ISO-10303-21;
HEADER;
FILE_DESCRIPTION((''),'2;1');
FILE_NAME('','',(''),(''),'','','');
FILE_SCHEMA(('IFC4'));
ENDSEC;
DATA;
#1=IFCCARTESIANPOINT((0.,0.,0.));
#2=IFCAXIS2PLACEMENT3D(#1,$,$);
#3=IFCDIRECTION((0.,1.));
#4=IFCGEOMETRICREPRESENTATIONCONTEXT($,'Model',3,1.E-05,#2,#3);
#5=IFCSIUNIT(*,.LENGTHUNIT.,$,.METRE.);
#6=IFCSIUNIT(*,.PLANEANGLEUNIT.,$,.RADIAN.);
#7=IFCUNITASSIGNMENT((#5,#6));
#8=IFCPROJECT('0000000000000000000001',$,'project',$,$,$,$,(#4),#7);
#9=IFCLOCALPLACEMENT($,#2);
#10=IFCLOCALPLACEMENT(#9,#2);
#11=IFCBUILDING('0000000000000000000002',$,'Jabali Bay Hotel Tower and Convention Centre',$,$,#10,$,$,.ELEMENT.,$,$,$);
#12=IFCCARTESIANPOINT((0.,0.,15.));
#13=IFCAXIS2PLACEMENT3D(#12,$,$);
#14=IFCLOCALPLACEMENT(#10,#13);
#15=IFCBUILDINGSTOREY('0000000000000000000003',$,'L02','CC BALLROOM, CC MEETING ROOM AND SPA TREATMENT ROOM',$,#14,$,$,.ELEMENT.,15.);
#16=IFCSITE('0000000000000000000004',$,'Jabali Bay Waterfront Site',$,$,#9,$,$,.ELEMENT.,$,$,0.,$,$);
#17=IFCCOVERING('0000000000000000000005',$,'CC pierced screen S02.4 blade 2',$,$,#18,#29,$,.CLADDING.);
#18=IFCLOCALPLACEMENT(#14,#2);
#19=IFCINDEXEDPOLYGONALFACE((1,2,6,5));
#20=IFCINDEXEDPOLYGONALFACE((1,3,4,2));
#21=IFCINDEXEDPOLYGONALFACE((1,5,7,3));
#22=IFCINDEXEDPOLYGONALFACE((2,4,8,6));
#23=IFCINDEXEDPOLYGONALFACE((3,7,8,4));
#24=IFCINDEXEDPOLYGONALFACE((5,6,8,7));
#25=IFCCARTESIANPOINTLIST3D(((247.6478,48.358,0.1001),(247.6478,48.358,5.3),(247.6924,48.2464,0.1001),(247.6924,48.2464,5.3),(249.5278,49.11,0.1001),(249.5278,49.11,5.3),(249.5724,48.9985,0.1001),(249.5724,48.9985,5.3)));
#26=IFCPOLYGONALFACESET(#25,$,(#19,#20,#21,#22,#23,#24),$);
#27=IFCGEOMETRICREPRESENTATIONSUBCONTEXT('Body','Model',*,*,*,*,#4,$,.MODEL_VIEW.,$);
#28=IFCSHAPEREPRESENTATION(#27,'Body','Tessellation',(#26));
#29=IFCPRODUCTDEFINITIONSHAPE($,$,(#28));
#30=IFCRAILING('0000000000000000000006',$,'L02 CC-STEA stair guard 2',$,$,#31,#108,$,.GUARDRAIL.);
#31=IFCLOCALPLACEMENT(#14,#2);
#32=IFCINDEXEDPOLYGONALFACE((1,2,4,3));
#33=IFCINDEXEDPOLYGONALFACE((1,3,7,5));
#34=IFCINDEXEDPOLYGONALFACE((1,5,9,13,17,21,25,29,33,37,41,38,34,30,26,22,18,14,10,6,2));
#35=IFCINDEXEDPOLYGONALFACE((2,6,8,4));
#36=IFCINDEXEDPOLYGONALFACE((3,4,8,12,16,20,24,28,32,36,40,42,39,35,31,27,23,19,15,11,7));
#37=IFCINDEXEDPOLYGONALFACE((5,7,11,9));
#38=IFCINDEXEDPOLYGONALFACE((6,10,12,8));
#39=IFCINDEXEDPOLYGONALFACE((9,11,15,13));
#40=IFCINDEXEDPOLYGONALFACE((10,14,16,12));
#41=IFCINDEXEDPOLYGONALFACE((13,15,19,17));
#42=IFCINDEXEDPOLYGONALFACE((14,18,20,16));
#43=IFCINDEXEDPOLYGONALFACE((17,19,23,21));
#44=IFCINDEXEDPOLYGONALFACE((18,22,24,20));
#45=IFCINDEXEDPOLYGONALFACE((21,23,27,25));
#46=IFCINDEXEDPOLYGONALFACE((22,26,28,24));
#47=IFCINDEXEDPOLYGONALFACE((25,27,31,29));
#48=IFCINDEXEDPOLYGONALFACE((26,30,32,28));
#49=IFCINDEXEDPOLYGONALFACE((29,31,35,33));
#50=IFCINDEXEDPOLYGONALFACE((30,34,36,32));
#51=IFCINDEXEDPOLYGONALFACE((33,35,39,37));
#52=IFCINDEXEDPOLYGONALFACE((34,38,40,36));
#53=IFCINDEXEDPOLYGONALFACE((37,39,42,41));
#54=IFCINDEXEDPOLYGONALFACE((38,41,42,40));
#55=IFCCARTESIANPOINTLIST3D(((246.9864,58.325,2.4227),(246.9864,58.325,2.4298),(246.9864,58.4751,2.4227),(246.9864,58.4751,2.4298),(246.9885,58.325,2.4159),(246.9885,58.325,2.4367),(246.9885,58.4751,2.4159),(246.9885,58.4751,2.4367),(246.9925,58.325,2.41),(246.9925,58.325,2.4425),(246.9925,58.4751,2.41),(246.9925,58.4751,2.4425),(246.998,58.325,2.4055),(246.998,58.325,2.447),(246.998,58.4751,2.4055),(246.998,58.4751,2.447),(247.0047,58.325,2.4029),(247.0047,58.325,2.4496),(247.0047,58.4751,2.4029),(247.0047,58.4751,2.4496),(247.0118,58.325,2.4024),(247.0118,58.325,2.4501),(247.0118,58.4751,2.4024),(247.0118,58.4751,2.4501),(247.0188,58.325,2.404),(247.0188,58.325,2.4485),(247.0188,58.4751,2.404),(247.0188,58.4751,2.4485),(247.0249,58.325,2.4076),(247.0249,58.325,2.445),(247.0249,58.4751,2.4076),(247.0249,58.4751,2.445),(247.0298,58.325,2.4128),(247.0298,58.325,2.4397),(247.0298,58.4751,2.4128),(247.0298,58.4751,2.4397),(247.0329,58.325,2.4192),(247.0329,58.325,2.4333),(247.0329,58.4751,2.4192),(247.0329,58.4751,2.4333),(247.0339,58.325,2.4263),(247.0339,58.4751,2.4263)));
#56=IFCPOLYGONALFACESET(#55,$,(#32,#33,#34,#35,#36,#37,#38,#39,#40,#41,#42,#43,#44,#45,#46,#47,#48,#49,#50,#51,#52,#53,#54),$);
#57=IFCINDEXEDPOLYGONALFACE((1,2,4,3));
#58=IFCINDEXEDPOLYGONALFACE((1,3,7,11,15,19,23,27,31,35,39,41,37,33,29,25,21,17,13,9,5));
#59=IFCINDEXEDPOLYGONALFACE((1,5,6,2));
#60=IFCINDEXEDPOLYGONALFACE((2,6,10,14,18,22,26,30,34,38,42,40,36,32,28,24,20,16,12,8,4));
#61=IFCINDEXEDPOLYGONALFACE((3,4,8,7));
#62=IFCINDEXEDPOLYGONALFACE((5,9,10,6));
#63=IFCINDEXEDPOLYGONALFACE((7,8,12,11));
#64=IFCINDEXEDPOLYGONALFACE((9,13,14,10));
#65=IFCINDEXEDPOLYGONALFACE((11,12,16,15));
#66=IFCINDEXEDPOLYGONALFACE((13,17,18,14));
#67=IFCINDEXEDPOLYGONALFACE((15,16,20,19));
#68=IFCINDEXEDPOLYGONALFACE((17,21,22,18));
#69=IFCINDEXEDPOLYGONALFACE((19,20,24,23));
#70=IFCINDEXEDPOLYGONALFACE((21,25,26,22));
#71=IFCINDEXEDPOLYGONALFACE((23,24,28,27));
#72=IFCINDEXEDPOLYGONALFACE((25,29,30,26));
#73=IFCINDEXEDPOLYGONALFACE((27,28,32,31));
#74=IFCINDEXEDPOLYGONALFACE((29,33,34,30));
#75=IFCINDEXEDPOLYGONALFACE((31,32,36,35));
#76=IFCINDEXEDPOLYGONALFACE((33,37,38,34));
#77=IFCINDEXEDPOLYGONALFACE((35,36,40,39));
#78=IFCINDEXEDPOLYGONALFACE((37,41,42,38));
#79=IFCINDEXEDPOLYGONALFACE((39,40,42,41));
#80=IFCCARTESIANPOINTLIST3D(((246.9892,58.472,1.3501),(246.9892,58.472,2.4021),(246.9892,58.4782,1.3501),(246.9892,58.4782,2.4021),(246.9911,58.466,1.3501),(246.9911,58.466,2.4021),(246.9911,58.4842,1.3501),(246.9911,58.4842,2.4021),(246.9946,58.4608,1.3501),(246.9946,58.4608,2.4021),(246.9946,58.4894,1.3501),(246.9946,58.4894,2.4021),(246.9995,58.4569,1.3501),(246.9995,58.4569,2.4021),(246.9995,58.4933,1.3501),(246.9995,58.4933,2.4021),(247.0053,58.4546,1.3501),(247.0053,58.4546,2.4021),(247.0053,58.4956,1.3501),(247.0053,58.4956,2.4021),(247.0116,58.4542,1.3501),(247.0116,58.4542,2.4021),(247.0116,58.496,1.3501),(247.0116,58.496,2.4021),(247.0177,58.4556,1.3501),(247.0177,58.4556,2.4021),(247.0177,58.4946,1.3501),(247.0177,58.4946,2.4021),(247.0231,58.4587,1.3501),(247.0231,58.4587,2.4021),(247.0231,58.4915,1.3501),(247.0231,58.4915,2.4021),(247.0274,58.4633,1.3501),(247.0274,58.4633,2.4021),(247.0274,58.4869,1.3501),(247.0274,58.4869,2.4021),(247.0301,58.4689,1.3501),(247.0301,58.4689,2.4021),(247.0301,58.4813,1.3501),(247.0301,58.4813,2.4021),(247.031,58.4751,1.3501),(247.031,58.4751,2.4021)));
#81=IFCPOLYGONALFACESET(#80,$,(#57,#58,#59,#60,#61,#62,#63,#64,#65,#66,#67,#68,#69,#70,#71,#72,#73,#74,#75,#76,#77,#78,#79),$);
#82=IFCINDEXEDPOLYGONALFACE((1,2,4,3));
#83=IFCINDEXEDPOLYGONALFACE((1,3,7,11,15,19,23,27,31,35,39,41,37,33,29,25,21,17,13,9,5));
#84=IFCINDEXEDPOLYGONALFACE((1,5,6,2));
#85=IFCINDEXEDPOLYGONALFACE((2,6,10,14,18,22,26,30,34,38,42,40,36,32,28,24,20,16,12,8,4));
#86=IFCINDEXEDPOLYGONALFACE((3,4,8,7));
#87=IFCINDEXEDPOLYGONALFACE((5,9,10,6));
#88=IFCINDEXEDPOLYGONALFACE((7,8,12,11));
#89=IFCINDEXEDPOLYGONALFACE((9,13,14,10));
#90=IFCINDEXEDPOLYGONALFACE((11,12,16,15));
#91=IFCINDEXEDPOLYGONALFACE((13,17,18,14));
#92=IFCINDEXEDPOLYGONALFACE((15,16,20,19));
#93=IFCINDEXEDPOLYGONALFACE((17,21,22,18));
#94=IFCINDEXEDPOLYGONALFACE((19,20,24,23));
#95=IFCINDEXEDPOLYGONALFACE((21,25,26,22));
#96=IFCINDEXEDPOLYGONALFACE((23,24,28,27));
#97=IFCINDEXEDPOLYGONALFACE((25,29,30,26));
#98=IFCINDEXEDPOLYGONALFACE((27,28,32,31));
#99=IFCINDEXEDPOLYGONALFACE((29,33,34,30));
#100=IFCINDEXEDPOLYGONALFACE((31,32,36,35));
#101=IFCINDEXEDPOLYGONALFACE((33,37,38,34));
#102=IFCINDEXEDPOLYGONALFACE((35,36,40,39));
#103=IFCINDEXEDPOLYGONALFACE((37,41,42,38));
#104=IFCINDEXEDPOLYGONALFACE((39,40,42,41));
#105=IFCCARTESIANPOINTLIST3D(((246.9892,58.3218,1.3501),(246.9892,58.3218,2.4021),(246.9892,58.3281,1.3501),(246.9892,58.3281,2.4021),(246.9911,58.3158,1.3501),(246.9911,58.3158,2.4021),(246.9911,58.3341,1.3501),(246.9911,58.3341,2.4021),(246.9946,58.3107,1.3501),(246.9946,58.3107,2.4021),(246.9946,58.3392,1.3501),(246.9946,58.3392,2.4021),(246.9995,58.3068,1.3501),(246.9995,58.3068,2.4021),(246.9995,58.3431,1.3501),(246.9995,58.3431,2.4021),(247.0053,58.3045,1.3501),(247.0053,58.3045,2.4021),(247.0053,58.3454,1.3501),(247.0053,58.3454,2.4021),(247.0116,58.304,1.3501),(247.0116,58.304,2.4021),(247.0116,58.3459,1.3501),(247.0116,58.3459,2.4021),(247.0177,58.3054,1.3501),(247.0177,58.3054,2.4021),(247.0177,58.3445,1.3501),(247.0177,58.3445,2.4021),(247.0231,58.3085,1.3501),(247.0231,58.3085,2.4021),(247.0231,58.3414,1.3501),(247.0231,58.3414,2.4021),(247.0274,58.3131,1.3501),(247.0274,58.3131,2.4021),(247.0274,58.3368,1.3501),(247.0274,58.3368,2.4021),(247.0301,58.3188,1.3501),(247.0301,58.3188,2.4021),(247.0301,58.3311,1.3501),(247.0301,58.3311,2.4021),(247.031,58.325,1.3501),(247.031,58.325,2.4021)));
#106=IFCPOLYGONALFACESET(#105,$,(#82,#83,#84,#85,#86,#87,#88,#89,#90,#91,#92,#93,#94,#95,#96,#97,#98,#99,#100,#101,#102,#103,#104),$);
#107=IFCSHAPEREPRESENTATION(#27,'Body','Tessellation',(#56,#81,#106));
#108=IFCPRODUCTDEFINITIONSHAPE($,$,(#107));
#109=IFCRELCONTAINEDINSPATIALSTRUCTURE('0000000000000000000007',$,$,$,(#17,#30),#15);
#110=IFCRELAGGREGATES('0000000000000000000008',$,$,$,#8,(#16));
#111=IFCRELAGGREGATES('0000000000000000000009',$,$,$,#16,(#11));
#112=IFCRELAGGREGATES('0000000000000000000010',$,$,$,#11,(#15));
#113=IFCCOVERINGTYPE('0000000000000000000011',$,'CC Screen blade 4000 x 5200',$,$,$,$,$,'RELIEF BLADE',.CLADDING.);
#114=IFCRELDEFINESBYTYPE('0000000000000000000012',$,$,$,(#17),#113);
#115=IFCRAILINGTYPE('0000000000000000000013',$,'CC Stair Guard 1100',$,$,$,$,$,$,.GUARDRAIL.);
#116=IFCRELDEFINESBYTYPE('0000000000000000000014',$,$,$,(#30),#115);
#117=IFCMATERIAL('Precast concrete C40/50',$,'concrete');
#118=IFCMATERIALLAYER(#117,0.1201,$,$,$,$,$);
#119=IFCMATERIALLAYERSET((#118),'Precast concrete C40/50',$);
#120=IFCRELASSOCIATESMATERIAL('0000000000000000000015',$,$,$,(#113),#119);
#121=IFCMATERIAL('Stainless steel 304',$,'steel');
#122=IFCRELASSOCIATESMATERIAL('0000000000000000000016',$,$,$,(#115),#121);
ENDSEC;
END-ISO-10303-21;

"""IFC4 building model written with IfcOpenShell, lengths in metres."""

from ifc_helpers import new_model, si_unit, direction, frame, origin, origin_2d, place, context, subcontext, project, spatial, rectangle, circle, extrude, material, layer, layer_set, type_object, element, save


model = new_model("IFC4")

# Units and contexts
model_context = context("Model", 3, precision=1e-05, world=origin(), true_north=direction((0.0, 1.0)))
body_context = subcontext(model_context, "Body", "Model", "MODEL_VIEW")
ifc_project = project(units=[si_unit("LENGTHUNIT", "METRE"), si_unit("PLANEANGLEUNIT", "RADIAN")], contexts=[model_context])

# Site, building, storey
site_placement = place(None, origin())
site = spatial("IfcSite", under=ifc_project, at=site_placement, Name="Jabali Bay Waterfront Site", CompositionType="ELEMENT", RefElevation=0.0)
building_placement = place(site_placement, origin())
building = spatial("IfcBuilding", under=site, at=building_placement, Name="Jabali Bay Hotel Tower and Convention Centre", CompositionType="ELEMENT")
storey_placement = place(building_placement, frame((0.0, 0.0, 15.0)))
storey = spatial("IfcBuildingStorey", under=building, at=storey_placement, Name="L02", Description="CC BALLROOM, CC MEETING ROOM AND SPA TREATMENT ROOM", CompositionType="ELEMENT", Elevation=15.0)

# Shared definitions
ifc_material_1 = material(Name="Precast concrete C40/50", Category="concrete")

# Covering
ifc_layer_1 = layer(ifc_material_1, 0.1201)
ifc_layer_set_1 = layer_set([ifc_layer_1], Name="Precast concrete C40/50")
covering_type = type_object("IfcCoveringType", Name="CC Screen blade 4000 x 5200", ElementType="RELIEF BLADE", PredefinedType="CLADDING", material=ifc_layer_set_1)
for number, where, z_axis, x_axis, name in (
    (1, (248.6101, 48.6782, 0.1001), (0.0, 0.0, 1.0), (-0.928477, -0.371391, 0.0), "CC pierced screen S02.4 blade 2"),
):
    element("IfcCovering", number, at=place(storey_placement, frame(where, z_axis=z_axis, x_axis=x_axis)), inside=storey, type_object=covering_type, Name=name, PredefinedType="CLADDING", context=body_context, shape_type="SweptSolid", body=[
        extrude(rectangle(XDim=2.0249, YDim=0.1201, at=origin_2d()), origin(), (0.0, 0.0, 1.0), 5.2),
    ])

# Railing
ifc_material_2 = material(Name="Stainless steel 304", Category="steel")
railing_type_1 = type_object("IfcRailingType", Name="CC Stair Guard 1100", PredefinedType="GUARDRAIL", material=ifc_material_2)
railing_1_placement = place(storey_placement, frame((247.01, 58.4751, 1.3501)))
element("IfcRailing", 2, at=railing_1_placement, inside=storey, type_object=railing_type_1, Name="L02 CC-STEA stair guard 2", PredefinedType="GUARDRAIL", context=body_context, shape_type="SweptSolid", body=[
    extrude(circle(Radius=0.0239, at=origin_2d()), frame((0.0, 0.0, 1.0762), z_axis=(0.0, -1.0, 0.0), x_axis=(1.0, 0.0, 0.0)), (0.0, 0.0, 1.0), 0.1501),
    extrude(circle(Radius=0.021, at=origin_2d()), origin(), (0.0, 0.0, 1.0), 1.052),
    extrude(circle(Radius=0.021, at=origin_2d()), frame((0.0, -0.1501, 0.0)), (0.0, 0.0, 1.0), 1.052),
])

save(model, "model.ifc")
